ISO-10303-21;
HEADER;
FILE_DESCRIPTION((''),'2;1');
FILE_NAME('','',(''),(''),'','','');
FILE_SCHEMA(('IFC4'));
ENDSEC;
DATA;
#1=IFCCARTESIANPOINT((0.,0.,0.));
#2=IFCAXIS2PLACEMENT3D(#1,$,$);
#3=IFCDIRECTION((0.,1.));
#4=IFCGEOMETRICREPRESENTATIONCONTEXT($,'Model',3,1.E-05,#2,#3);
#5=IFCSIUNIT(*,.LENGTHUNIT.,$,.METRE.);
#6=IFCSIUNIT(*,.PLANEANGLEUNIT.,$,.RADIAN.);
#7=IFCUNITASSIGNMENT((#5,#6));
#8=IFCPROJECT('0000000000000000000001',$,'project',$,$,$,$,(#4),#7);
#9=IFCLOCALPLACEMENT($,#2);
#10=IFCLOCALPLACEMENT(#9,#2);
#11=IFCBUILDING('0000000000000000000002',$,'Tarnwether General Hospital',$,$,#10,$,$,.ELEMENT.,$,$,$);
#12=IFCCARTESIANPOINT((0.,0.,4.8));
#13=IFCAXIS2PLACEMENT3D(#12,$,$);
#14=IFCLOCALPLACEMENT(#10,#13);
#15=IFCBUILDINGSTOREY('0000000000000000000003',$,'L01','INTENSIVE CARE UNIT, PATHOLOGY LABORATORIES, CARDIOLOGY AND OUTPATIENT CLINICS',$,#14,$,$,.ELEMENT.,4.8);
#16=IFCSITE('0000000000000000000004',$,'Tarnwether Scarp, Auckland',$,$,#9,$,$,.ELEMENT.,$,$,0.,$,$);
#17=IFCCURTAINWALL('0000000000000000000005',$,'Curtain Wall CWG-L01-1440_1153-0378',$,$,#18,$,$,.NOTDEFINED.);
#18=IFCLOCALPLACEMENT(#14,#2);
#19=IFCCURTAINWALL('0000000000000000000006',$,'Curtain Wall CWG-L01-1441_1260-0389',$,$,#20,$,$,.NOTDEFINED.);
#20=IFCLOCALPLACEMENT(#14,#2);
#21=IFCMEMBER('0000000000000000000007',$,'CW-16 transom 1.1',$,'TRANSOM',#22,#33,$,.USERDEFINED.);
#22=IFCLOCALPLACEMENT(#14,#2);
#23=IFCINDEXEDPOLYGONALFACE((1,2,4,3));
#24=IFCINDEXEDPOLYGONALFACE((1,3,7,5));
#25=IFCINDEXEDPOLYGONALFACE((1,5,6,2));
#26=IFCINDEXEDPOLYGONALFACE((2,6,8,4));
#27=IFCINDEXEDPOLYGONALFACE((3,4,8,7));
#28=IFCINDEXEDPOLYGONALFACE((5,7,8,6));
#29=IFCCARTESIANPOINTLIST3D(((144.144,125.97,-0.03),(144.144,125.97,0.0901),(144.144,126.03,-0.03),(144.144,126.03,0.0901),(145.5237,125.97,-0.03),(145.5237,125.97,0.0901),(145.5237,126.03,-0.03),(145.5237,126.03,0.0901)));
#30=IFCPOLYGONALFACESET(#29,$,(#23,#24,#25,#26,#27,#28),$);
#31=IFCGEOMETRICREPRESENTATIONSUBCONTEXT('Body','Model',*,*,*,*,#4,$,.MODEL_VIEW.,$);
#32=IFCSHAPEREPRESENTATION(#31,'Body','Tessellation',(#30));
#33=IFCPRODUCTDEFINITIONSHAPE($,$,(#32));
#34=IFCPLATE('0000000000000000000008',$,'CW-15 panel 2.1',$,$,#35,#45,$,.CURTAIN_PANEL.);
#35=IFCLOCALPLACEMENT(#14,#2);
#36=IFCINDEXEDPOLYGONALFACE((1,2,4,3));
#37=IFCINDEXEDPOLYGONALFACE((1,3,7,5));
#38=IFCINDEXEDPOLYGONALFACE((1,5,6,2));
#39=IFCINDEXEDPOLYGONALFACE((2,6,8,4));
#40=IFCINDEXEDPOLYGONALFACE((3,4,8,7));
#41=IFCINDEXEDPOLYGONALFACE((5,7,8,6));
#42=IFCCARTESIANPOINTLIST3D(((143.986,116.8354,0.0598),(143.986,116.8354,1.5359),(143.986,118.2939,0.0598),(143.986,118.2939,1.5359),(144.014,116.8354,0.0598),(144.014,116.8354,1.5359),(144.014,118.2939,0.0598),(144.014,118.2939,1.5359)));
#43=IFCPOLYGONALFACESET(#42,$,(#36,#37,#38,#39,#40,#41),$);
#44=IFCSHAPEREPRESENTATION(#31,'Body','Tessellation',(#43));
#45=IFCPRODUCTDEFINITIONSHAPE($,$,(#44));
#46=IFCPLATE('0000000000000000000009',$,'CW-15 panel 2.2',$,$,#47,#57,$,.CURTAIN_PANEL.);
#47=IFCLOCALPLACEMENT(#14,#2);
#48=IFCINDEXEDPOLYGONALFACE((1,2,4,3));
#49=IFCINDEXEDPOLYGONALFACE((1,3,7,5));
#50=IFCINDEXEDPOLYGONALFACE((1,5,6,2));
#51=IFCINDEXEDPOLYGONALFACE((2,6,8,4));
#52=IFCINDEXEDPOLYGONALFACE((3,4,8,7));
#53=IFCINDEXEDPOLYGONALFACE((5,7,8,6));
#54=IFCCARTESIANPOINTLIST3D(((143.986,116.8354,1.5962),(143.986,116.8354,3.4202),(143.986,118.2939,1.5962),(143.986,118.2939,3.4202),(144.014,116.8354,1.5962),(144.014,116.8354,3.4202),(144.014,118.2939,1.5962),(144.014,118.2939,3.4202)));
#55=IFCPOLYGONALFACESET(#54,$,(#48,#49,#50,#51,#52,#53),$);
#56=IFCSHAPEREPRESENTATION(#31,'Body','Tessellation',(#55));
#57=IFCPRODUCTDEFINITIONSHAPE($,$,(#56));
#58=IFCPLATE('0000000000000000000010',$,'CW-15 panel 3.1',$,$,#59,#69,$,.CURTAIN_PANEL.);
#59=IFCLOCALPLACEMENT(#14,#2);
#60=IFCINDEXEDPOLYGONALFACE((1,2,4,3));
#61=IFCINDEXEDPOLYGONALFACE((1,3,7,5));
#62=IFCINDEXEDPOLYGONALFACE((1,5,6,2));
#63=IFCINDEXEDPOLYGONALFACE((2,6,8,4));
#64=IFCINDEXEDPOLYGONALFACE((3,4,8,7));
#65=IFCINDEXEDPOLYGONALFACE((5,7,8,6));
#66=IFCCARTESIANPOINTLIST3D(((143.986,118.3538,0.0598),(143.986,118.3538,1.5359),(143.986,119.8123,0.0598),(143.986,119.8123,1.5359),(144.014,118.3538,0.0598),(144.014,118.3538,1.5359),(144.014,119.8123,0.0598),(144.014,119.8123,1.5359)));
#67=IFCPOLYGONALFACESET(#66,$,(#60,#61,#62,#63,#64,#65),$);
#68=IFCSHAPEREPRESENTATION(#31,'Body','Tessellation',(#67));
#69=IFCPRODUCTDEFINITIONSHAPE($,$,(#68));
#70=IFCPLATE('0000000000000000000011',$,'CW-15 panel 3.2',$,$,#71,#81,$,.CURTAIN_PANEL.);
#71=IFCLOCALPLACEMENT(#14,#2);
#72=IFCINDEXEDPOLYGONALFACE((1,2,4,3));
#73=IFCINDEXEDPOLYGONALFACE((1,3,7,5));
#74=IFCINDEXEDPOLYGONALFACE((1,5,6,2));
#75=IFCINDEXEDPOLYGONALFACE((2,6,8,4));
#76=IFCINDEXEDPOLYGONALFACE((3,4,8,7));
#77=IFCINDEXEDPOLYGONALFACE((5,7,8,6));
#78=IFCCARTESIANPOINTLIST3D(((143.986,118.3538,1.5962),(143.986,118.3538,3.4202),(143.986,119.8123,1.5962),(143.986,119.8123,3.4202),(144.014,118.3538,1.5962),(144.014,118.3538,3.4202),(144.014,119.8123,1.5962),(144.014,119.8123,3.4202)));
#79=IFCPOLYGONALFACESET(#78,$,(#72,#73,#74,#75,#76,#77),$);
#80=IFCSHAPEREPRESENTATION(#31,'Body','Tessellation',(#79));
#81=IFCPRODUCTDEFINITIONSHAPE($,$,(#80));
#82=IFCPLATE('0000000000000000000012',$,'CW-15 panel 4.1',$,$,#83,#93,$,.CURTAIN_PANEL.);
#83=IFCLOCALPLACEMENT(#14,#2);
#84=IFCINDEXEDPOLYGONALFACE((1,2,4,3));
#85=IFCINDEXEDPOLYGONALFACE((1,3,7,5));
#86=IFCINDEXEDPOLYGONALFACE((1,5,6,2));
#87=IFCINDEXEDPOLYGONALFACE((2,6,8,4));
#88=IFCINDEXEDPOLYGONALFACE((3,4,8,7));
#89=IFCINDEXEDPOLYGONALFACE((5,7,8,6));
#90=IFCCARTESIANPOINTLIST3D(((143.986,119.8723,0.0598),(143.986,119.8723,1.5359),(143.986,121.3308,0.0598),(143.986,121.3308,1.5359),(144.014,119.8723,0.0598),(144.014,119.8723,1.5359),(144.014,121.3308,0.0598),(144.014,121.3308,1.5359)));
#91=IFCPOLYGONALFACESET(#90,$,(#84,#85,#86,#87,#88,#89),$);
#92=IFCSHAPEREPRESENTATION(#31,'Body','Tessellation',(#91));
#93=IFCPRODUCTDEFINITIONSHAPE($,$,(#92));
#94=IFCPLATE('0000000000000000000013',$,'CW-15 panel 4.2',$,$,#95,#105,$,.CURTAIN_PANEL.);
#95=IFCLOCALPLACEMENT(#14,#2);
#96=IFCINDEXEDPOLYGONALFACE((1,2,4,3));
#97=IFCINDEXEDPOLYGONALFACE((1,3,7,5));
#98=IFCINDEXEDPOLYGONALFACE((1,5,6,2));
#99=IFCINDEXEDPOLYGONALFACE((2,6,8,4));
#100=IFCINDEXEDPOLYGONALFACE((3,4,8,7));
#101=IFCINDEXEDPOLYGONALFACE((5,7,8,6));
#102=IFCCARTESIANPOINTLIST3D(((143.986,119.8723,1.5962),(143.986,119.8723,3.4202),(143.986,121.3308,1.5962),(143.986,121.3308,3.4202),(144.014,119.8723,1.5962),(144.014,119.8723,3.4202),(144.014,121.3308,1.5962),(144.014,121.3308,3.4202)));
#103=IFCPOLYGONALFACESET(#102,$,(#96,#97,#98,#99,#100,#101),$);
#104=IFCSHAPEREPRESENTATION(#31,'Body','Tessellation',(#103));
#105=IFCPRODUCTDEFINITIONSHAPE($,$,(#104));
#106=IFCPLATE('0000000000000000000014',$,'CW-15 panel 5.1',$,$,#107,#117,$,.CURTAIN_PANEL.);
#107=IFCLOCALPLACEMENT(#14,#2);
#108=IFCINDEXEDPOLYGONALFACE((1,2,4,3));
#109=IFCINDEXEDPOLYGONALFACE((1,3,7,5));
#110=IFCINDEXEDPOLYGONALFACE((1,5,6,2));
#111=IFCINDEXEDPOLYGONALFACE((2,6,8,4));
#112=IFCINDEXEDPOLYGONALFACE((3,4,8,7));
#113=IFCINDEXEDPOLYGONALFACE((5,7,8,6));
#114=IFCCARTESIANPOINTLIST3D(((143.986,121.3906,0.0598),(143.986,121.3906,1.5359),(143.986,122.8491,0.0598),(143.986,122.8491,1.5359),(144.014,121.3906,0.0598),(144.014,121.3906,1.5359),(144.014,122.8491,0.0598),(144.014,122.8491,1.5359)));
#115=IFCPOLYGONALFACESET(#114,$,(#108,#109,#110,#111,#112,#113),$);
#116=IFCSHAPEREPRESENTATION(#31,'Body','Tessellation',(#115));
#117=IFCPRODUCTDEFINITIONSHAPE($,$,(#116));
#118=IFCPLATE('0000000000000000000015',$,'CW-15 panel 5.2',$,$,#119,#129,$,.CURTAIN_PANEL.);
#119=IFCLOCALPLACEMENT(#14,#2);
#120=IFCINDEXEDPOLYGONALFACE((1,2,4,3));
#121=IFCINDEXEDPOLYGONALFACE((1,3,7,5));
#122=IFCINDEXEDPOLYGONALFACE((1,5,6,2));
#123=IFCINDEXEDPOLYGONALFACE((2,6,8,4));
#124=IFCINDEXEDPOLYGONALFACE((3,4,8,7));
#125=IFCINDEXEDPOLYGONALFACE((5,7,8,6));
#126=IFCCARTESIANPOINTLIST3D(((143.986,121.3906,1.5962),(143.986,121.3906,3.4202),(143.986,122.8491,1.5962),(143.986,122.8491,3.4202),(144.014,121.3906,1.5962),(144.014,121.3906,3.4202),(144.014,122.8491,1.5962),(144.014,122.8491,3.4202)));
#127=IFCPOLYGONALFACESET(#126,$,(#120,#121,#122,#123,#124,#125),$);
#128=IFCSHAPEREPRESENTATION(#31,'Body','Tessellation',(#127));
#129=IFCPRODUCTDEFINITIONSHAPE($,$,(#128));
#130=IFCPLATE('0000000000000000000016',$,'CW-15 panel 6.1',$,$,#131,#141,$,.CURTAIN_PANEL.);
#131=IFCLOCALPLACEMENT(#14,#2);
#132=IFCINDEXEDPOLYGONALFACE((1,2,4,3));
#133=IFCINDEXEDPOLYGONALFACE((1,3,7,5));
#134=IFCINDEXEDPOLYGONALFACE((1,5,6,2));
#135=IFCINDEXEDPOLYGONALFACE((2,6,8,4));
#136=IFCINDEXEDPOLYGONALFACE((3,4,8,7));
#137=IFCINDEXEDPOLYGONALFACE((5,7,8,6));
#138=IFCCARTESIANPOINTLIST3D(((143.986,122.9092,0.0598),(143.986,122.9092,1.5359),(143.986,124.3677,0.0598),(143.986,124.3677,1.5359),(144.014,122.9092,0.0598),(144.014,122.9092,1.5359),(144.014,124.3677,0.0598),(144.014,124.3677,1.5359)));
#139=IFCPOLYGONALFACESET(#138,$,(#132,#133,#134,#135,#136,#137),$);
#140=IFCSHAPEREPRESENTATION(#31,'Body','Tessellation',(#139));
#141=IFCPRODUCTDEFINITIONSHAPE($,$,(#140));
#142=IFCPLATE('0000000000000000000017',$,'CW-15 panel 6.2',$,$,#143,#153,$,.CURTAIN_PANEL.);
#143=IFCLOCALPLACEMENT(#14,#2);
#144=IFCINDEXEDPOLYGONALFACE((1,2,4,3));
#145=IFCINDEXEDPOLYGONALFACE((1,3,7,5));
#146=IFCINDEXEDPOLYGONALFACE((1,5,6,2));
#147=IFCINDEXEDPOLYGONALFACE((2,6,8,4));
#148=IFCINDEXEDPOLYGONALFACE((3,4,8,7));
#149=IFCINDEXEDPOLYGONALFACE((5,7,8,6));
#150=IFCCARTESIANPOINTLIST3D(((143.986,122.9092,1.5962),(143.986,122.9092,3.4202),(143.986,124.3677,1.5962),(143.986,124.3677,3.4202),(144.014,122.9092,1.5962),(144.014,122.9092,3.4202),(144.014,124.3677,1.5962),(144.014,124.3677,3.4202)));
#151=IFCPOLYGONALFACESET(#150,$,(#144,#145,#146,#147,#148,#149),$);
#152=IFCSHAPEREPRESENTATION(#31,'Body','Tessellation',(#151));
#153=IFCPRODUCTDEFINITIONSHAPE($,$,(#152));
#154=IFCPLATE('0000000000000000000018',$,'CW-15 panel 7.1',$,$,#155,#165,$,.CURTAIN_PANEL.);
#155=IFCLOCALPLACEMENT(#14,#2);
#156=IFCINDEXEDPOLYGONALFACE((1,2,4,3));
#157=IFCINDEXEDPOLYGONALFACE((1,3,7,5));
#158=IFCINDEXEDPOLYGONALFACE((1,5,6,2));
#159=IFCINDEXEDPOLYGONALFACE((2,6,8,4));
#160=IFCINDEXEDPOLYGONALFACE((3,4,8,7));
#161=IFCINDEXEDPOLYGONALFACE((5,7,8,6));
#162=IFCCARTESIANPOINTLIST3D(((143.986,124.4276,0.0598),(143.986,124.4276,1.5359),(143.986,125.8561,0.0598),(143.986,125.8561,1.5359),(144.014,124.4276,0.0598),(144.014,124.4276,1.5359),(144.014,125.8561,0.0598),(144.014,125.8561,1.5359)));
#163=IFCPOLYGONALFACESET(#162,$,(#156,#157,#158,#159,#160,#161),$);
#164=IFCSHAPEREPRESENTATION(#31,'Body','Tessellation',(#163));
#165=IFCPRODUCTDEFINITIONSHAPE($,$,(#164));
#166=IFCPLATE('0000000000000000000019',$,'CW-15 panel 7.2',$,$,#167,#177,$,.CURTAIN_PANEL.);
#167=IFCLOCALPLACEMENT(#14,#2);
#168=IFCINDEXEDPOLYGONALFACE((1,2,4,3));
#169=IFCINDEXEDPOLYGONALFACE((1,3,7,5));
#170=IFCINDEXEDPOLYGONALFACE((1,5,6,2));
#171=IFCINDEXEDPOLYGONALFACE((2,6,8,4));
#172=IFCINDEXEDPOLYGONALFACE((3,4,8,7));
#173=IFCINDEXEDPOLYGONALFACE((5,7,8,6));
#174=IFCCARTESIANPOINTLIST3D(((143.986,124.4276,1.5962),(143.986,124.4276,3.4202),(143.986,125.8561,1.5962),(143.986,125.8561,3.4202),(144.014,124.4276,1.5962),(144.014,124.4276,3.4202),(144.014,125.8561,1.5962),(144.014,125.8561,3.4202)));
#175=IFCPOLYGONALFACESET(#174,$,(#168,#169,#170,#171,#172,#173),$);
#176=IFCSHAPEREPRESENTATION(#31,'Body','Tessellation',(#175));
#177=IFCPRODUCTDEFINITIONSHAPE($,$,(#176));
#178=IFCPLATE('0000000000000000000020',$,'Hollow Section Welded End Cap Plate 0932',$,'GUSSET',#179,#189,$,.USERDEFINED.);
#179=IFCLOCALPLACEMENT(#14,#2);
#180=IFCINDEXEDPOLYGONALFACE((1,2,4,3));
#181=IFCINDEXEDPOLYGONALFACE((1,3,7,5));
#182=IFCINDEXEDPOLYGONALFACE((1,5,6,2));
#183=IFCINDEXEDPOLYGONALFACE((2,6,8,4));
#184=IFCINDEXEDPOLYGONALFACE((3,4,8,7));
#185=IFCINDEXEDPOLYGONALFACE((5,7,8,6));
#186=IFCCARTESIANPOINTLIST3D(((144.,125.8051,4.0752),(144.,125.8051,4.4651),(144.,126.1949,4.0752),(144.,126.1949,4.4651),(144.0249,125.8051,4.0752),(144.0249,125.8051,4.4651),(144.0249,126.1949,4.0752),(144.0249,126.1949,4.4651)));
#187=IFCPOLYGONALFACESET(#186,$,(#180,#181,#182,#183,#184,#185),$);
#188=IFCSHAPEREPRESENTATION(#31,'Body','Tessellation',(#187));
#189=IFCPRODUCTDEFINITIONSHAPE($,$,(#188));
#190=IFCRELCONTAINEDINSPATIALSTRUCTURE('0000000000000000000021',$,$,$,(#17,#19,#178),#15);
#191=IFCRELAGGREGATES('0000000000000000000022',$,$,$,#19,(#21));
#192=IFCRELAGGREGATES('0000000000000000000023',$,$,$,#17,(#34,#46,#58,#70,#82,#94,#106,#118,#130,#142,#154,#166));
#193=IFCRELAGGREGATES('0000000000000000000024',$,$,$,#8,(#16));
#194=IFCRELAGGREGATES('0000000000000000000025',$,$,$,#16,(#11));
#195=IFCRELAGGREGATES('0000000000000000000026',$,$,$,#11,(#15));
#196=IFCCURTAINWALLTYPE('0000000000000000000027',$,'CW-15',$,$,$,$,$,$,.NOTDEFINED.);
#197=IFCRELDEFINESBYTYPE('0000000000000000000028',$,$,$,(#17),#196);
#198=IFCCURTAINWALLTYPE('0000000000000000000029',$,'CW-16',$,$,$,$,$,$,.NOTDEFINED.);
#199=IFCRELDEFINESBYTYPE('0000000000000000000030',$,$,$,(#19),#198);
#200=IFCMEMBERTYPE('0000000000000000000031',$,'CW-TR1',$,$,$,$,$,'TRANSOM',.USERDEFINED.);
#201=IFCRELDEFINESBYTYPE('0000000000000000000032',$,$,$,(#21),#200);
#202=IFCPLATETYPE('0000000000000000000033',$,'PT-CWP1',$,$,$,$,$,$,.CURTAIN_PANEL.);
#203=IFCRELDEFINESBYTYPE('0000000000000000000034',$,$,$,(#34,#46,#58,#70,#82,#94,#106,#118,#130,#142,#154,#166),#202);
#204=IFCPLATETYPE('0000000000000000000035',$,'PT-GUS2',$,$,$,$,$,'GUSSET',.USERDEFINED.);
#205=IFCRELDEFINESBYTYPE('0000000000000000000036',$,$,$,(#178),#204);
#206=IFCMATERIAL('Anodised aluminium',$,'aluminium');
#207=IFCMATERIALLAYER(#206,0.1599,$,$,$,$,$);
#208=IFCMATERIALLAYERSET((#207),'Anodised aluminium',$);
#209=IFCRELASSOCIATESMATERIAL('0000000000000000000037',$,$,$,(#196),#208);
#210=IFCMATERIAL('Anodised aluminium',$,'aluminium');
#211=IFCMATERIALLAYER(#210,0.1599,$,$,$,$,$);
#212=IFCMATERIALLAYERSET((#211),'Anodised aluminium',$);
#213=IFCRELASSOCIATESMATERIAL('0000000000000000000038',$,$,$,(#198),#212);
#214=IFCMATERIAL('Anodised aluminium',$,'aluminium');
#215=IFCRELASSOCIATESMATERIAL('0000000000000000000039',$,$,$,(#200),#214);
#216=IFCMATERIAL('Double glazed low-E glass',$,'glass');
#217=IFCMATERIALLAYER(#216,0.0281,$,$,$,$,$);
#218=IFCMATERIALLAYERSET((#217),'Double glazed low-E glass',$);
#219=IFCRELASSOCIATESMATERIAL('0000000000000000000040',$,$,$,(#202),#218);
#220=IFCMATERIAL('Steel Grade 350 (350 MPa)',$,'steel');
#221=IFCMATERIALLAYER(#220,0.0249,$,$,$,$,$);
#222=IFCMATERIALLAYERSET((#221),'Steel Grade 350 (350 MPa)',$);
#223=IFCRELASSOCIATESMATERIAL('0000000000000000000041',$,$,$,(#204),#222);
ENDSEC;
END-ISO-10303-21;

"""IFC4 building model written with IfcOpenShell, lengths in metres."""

from ifc_helpers import new_model, si_unit, direction, frame, origin, origin_2d, place, context, subcontext, project, spatial, rectangle, extrude, material, layer, layer_set, material_profile, profile_set, type_object, element, aggregate, save


model = new_model("IFC4")

# Units and contexts
model_context = context("Model", 3, precision=1e-05, world=origin(), true_north=direction((0.0, 1.0)))
body_context = subcontext(model_context, "Body", "Model", "MODEL_VIEW")
ifc_project = project(units=[si_unit("LENGTHUNIT", "METRE"), si_unit("PLANEANGLEUNIT", "RADIAN")], contexts=[model_context])

# Site, building, storey
site_placement = place(None, origin())
site = spatial("IfcSite", under=ifc_project, at=site_placement, Name="Tarnwether Scarp, Auckland", CompositionType="ELEMENT", RefElevation=0.0)
building_placement = place(site_placement, origin())
building = spatial("IfcBuilding", under=site, at=building_placement, Name="Tarnwether General Hospital", CompositionType="ELEMENT")
storey_placement = place(building_placement, frame((0.0, 0.0, 4.8)))
storey = spatial("IfcBuildingStorey", under=building, at=storey_placement, Name="L01", Description="INTENSIVE CARE UNIT, PATHOLOGY LABORATORIES, CARDIOLOGY AND OUTPATIENT CLINICS", CompositionType="ELEMENT", Elevation=4.8)

# Curtain wall
ifc_material_1 = material(Name="Anodised aluminium", Category="aluminium")
ifc_layer_1 = layer(ifc_material_1, 0.1599)
ifc_layer_set_1 = layer_set([ifc_layer_1], Name="Anodised aluminium")
curtain_wall_type_1 = type_object("IfcCurtainWallType", Name="CW-15", PredefinedType="NOTDEFINED", material=ifc_layer_set_1)
curtain_wall_1_placement = place(storey_placement, origin())
curtain_wall_1 = element("IfcCurtainWall", 1, at=curtain_wall_1_placement, inside=storey, type_object=curtain_wall_type_1, Name="Curtain Wall CWG-L01-1440_1153-0378", PredefinedType="NOTDEFINED")

# Curtain wall
ifc_material_2 = material(Name="Anodised aluminium", Category="aluminium")
ifc_layer_2 = layer(ifc_material_2, 0.1599)
ifc_layer_set_2 = layer_set([ifc_layer_2], Name="Anodised aluminium")
curtain_wall_type_2 = type_object("IfcCurtainWallType", Name="CW-16", PredefinedType="NOTDEFINED", material=ifc_layer_set_2)
curtain_wall_2_placement = place(storey_placement, origin())
curtain_wall_2 = element("IfcCurtainWall", 2, at=curtain_wall_2_placement, inside=storey, type_object=curtain_wall_type_2, Name="Curtain Wall CWG-L01-1441_1260-0389", PredefinedType="NOTDEFINED")

# Member
ifc_material_3 = material(Name="Anodised aluminium", Category="aluminium")
ifc_material_profile_1 = material_profile(ifc_material_3, rectangle(XDim=0.0601, YDim=0.1201, at=origin_2d()), Name="ALU-TRN-60x120")
ifc_profile_set_1 = profile_set([ifc_material_profile_1], Name="Anodised aluminium")
member_type_1 = type_object("IfcMemberType", Name="CW-TR1", ElementType="TRANSOM", PredefinedType="USERDEFINED", material=ifc_profile_set_1)
member_1_placement = place(storey_placement, frame((144.144, 126.0, 0.03), z_axis=(1.0, 0.0, 0.0), x_axis=(0.0, 1.0, 0.0)))
member_1 = element("IfcMember", 3, at=member_1_placement, type_object=member_type_1, Name="CW-16 transom 1.1", ObjectType="TRANSOM", PredefinedType="USERDEFINED", context=body_context, shape_type="SweptSolid", body=[
    extrude(rectangle(XDim=0.0601, YDim=0.1201, at=origin_2d()), origin(), (0.0, 0.0, 1.0), 1.3796),
])
aggregate(curtain_wall_2, [member_1])

# Plates
ifc_material_4 = material(Name="Double glazed low-E glass", Category="glass")
ifc_layer_3 = layer(ifc_material_4, 0.0281)
ifc_layer_set_3 = layer_set([ifc_layer_3], Name="Double glazed low-E glass")
plate_type_1 = type_object("IfcPlateType", Name="PT-CWP1", PredefinedType="CURTAIN_PANEL", material=ifc_layer_set_3)
plate_1_placement = place(storey_placement, frame((144.0, 117.5647, 0.0598), z_axis=(0.0, 0.0, 1.0), x_axis=(0.0, 1.0, 0.0)))
plate_1 = element("IfcPlate", 4, at=plate_1_placement, type_object=plate_type_1, Name="CW-15 panel 2.1", PredefinedType="CURTAIN_PANEL", context=body_context, shape_type="SweptSolid", body=[
    extrude(rectangle(XDim=1.4585, YDim=0.0281, at=origin_2d()), origin(), (0.0, 0.0, 1.0), 1.4761),
])
plate_2_placement = place(storey_placement, frame((144.0, 117.5647, 1.5962), z_axis=(0.0, 0.0, 1.0), x_axis=(0.0, 1.0, 0.0)))
plate_2 = element("IfcPlate", 5, at=plate_2_placement, type_object=plate_type_1, Name="CW-15 panel 2.2", PredefinedType="CURTAIN_PANEL", context=body_context, shape_type="SweptSolid", body=[
    extrude(rectangle(XDim=1.4585, YDim=0.0281, at=origin_2d()), origin(), (0.0, 0.0, 1.0), 1.824),
])
plate_3_placement = place(storey_placement, frame((144.0, 119.083, 0.0598), z_axis=(0.0, 0.0, 1.0), x_axis=(0.0, 1.0, 0.0)))
plate_3 = element("IfcPlate", 6, at=plate_3_placement, type_object=plate_type_1, Name="CW-15 panel 3.1", PredefinedType="CURTAIN_PANEL", context=body_context, shape_type="SweptSolid", body=[
    extrude(rectangle(XDim=1.4585, YDim=0.0281, at=origin_2d()), origin(), (0.0, 0.0, 1.0), 1.4761),
])
plate_4_placement = place(storey_placement, frame((144.0, 119.083, 1.5962), z_axis=(0.0, 0.0, 1.0), x_axis=(0.0, 1.0, 0.0)))
plate_4 = element("IfcPlate", 7, at=plate_4_placement, type_object=plate_type_1, Name="CW-15 panel 3.2", PredefinedType="CURTAIN_PANEL", context=body_context, shape_type="SweptSolid", body=[
    extrude(rectangle(XDim=1.4585, YDim=0.0281, at=origin_2d()), origin(), (0.0, 0.0, 1.0), 1.824),
])
plate_5_placement = place(storey_placement, frame((144.0, 120.6016, 0.0598), z_axis=(0.0, 0.0, 1.0), x_axis=(0.0, 1.0, 0.0)))
plate_5 = element("IfcPlate", 8, at=plate_5_placement, type_object=plate_type_1, Name="CW-15 panel 4.1", PredefinedType="CURTAIN_PANEL", context=body_context, shape_type="SweptSolid", body=[
    extrude(rectangle(XDim=1.4585, YDim=0.0281, at=origin_2d()), origin(), (0.0, 0.0, 1.0), 1.4761),
])
plate_6_placement = place(storey_placement, frame((144.0, 120.6016, 1.5962), z_axis=(0.0, 0.0, 1.0), x_axis=(0.0, 1.0, 0.0)))
plate_6 = element("IfcPlate", 9, at=plate_6_placement, type_object=plate_type_1, Name="CW-15 panel 4.2", PredefinedType="CURTAIN_PANEL", context=body_context, shape_type="SweptSolid", body=[
    extrude(rectangle(XDim=1.4585, YDim=0.0281, at=origin_2d()), origin(), (0.0, 0.0, 1.0), 1.824),
])
plate_7_placement = place(storey_placement, frame((144.0, 122.1199, 0.0598), z_axis=(0.0, 0.0, 1.0), x_axis=(0.0, 1.0, 0.0)))
plate_7 = element("IfcPlate", 10, at=plate_7_placement, type_object=plate_type_1, Name="CW-15 panel 5.1", PredefinedType="CURTAIN_PANEL", context=body_context, shape_type="SweptSolid", body=[
    extrude(rectangle(XDim=1.4585, YDim=0.0281, at=origin_2d()), origin(), (0.0, 0.0, 1.0), 1.4761),
])
plate_8_placement = place(storey_placement, frame((144.0, 122.1199, 1.5962), z_axis=(0.0, 0.0, 1.0), x_axis=(0.0, 1.0, 0.0)))
plate_8 = element("IfcPlate", 11, at=plate_8_placement, type_object=plate_type_1, Name="CW-15 panel 5.2", PredefinedType="CURTAIN_PANEL", context=body_context, shape_type="SweptSolid", body=[
    extrude(rectangle(XDim=1.4585, YDim=0.0281, at=origin_2d()), origin(), (0.0, 0.0, 1.0), 1.824),
])
plate_9_placement = place(storey_placement, frame((144.0, 123.6384, 0.0598), z_axis=(0.0, 0.0, 1.0), x_axis=(0.0, 1.0, 0.0)))
plate_9 = element("IfcPlate", 12, at=plate_9_placement, type_object=plate_type_1, Name="CW-15 panel 6.1", PredefinedType="CURTAIN_PANEL", context=body_context, shape_type="SweptSolid", body=[
    extrude(rectangle(XDim=1.4585, YDim=0.0281, at=origin_2d()), origin(), (0.0, 0.0, 1.0), 1.4761),
])
plate_10_placement = place(storey_placement, frame((144.0, 123.6384, 1.5962), z_axis=(0.0, 0.0, 1.0), x_axis=(0.0, 1.0, 0.0)))
plate_10 = element("IfcPlate", 13, at=plate_10_placement, type_object=plate_type_1, Name="CW-15 panel 6.2", PredefinedType="CURTAIN_PANEL", context=body_context, shape_type="SweptSolid", body=[
    extrude(rectangle(XDim=1.4585, YDim=0.0281, at=origin_2d()), origin(), (0.0, 0.0, 1.0), 1.824),
])
plate_11_placement = place(storey_placement, frame((144.0, 125.1418, 0.0598), z_axis=(0.0, 0.0, 1.0), x_axis=(0.0, 1.0, 0.0)))
plate_11 = element("IfcPlate", 14, at=plate_11_placement, type_object=plate_type_1, Name="CW-15 panel 7.1", PredefinedType="CURTAIN_PANEL", context=body_context, shape_type="SweptSolid", body=[
    extrude(rectangle(XDim=1.4285, YDim=0.0281, at=origin_2d()), origin(), (0.0, 0.0, 1.0), 1.4761),
])
plate_12_placement = place(storey_placement, frame((144.0, 125.1418, 1.5962), z_axis=(0.0, 0.0, 1.0), x_axis=(0.0, 1.0, 0.0)))
plate_12 = element("IfcPlate", 15, at=plate_12_placement, type_object=plate_type_1, Name="CW-15 panel 7.2", PredefinedType="CURTAIN_PANEL", context=body_context, shape_type="SweptSolid", body=[
    extrude(rectangle(XDim=1.4285, YDim=0.0281, at=origin_2d()), origin(), (0.0, 0.0, 1.0), 1.824),
])
aggregate(curtain_wall_1, [plate_1, plate_2, plate_3, plate_4, plate_5, plate_6, plate_7, plate_8, plate_9, plate_10, plate_11, plate_12])
ifc_material_5 = material(Name="Steel Grade 350 (350 MPa)", Category="steel")
ifc_layer_4 = layer(ifc_material_5, 0.0249)
ifc_layer_set_4 = layer_set([ifc_layer_4], Name="Steel Grade 350 (350 MPa)")
plate_type_2 = type_object("IfcPlateType", Name="PT-GUS2", ElementType="GUSSET", PredefinedType="USERDEFINED", material=ifc_layer_set_4)
plate_13_placement = place(storey_placement, frame((144.0125, 126.0, 4.0752), z_axis=(0.0, 0.0, 1.0), x_axis=(1.0, 0.0, 0.0)))
element("IfcPlate", 16, at=plate_13_placement, inside=storey, type_object=plate_type_2, Name="Hollow Section Welded End Cap Plate 0932", ObjectType="GUSSET", PredefinedType="USERDEFINED", context=body_context, shape_type="SweptSolid", body=[
    extrude(rectangle(XDim=0.0249, YDim=0.3899, at=origin_2d()), origin(), (0.0, 0.0, 1.0), 0.3899),
])

save(model, "model.ifc")
